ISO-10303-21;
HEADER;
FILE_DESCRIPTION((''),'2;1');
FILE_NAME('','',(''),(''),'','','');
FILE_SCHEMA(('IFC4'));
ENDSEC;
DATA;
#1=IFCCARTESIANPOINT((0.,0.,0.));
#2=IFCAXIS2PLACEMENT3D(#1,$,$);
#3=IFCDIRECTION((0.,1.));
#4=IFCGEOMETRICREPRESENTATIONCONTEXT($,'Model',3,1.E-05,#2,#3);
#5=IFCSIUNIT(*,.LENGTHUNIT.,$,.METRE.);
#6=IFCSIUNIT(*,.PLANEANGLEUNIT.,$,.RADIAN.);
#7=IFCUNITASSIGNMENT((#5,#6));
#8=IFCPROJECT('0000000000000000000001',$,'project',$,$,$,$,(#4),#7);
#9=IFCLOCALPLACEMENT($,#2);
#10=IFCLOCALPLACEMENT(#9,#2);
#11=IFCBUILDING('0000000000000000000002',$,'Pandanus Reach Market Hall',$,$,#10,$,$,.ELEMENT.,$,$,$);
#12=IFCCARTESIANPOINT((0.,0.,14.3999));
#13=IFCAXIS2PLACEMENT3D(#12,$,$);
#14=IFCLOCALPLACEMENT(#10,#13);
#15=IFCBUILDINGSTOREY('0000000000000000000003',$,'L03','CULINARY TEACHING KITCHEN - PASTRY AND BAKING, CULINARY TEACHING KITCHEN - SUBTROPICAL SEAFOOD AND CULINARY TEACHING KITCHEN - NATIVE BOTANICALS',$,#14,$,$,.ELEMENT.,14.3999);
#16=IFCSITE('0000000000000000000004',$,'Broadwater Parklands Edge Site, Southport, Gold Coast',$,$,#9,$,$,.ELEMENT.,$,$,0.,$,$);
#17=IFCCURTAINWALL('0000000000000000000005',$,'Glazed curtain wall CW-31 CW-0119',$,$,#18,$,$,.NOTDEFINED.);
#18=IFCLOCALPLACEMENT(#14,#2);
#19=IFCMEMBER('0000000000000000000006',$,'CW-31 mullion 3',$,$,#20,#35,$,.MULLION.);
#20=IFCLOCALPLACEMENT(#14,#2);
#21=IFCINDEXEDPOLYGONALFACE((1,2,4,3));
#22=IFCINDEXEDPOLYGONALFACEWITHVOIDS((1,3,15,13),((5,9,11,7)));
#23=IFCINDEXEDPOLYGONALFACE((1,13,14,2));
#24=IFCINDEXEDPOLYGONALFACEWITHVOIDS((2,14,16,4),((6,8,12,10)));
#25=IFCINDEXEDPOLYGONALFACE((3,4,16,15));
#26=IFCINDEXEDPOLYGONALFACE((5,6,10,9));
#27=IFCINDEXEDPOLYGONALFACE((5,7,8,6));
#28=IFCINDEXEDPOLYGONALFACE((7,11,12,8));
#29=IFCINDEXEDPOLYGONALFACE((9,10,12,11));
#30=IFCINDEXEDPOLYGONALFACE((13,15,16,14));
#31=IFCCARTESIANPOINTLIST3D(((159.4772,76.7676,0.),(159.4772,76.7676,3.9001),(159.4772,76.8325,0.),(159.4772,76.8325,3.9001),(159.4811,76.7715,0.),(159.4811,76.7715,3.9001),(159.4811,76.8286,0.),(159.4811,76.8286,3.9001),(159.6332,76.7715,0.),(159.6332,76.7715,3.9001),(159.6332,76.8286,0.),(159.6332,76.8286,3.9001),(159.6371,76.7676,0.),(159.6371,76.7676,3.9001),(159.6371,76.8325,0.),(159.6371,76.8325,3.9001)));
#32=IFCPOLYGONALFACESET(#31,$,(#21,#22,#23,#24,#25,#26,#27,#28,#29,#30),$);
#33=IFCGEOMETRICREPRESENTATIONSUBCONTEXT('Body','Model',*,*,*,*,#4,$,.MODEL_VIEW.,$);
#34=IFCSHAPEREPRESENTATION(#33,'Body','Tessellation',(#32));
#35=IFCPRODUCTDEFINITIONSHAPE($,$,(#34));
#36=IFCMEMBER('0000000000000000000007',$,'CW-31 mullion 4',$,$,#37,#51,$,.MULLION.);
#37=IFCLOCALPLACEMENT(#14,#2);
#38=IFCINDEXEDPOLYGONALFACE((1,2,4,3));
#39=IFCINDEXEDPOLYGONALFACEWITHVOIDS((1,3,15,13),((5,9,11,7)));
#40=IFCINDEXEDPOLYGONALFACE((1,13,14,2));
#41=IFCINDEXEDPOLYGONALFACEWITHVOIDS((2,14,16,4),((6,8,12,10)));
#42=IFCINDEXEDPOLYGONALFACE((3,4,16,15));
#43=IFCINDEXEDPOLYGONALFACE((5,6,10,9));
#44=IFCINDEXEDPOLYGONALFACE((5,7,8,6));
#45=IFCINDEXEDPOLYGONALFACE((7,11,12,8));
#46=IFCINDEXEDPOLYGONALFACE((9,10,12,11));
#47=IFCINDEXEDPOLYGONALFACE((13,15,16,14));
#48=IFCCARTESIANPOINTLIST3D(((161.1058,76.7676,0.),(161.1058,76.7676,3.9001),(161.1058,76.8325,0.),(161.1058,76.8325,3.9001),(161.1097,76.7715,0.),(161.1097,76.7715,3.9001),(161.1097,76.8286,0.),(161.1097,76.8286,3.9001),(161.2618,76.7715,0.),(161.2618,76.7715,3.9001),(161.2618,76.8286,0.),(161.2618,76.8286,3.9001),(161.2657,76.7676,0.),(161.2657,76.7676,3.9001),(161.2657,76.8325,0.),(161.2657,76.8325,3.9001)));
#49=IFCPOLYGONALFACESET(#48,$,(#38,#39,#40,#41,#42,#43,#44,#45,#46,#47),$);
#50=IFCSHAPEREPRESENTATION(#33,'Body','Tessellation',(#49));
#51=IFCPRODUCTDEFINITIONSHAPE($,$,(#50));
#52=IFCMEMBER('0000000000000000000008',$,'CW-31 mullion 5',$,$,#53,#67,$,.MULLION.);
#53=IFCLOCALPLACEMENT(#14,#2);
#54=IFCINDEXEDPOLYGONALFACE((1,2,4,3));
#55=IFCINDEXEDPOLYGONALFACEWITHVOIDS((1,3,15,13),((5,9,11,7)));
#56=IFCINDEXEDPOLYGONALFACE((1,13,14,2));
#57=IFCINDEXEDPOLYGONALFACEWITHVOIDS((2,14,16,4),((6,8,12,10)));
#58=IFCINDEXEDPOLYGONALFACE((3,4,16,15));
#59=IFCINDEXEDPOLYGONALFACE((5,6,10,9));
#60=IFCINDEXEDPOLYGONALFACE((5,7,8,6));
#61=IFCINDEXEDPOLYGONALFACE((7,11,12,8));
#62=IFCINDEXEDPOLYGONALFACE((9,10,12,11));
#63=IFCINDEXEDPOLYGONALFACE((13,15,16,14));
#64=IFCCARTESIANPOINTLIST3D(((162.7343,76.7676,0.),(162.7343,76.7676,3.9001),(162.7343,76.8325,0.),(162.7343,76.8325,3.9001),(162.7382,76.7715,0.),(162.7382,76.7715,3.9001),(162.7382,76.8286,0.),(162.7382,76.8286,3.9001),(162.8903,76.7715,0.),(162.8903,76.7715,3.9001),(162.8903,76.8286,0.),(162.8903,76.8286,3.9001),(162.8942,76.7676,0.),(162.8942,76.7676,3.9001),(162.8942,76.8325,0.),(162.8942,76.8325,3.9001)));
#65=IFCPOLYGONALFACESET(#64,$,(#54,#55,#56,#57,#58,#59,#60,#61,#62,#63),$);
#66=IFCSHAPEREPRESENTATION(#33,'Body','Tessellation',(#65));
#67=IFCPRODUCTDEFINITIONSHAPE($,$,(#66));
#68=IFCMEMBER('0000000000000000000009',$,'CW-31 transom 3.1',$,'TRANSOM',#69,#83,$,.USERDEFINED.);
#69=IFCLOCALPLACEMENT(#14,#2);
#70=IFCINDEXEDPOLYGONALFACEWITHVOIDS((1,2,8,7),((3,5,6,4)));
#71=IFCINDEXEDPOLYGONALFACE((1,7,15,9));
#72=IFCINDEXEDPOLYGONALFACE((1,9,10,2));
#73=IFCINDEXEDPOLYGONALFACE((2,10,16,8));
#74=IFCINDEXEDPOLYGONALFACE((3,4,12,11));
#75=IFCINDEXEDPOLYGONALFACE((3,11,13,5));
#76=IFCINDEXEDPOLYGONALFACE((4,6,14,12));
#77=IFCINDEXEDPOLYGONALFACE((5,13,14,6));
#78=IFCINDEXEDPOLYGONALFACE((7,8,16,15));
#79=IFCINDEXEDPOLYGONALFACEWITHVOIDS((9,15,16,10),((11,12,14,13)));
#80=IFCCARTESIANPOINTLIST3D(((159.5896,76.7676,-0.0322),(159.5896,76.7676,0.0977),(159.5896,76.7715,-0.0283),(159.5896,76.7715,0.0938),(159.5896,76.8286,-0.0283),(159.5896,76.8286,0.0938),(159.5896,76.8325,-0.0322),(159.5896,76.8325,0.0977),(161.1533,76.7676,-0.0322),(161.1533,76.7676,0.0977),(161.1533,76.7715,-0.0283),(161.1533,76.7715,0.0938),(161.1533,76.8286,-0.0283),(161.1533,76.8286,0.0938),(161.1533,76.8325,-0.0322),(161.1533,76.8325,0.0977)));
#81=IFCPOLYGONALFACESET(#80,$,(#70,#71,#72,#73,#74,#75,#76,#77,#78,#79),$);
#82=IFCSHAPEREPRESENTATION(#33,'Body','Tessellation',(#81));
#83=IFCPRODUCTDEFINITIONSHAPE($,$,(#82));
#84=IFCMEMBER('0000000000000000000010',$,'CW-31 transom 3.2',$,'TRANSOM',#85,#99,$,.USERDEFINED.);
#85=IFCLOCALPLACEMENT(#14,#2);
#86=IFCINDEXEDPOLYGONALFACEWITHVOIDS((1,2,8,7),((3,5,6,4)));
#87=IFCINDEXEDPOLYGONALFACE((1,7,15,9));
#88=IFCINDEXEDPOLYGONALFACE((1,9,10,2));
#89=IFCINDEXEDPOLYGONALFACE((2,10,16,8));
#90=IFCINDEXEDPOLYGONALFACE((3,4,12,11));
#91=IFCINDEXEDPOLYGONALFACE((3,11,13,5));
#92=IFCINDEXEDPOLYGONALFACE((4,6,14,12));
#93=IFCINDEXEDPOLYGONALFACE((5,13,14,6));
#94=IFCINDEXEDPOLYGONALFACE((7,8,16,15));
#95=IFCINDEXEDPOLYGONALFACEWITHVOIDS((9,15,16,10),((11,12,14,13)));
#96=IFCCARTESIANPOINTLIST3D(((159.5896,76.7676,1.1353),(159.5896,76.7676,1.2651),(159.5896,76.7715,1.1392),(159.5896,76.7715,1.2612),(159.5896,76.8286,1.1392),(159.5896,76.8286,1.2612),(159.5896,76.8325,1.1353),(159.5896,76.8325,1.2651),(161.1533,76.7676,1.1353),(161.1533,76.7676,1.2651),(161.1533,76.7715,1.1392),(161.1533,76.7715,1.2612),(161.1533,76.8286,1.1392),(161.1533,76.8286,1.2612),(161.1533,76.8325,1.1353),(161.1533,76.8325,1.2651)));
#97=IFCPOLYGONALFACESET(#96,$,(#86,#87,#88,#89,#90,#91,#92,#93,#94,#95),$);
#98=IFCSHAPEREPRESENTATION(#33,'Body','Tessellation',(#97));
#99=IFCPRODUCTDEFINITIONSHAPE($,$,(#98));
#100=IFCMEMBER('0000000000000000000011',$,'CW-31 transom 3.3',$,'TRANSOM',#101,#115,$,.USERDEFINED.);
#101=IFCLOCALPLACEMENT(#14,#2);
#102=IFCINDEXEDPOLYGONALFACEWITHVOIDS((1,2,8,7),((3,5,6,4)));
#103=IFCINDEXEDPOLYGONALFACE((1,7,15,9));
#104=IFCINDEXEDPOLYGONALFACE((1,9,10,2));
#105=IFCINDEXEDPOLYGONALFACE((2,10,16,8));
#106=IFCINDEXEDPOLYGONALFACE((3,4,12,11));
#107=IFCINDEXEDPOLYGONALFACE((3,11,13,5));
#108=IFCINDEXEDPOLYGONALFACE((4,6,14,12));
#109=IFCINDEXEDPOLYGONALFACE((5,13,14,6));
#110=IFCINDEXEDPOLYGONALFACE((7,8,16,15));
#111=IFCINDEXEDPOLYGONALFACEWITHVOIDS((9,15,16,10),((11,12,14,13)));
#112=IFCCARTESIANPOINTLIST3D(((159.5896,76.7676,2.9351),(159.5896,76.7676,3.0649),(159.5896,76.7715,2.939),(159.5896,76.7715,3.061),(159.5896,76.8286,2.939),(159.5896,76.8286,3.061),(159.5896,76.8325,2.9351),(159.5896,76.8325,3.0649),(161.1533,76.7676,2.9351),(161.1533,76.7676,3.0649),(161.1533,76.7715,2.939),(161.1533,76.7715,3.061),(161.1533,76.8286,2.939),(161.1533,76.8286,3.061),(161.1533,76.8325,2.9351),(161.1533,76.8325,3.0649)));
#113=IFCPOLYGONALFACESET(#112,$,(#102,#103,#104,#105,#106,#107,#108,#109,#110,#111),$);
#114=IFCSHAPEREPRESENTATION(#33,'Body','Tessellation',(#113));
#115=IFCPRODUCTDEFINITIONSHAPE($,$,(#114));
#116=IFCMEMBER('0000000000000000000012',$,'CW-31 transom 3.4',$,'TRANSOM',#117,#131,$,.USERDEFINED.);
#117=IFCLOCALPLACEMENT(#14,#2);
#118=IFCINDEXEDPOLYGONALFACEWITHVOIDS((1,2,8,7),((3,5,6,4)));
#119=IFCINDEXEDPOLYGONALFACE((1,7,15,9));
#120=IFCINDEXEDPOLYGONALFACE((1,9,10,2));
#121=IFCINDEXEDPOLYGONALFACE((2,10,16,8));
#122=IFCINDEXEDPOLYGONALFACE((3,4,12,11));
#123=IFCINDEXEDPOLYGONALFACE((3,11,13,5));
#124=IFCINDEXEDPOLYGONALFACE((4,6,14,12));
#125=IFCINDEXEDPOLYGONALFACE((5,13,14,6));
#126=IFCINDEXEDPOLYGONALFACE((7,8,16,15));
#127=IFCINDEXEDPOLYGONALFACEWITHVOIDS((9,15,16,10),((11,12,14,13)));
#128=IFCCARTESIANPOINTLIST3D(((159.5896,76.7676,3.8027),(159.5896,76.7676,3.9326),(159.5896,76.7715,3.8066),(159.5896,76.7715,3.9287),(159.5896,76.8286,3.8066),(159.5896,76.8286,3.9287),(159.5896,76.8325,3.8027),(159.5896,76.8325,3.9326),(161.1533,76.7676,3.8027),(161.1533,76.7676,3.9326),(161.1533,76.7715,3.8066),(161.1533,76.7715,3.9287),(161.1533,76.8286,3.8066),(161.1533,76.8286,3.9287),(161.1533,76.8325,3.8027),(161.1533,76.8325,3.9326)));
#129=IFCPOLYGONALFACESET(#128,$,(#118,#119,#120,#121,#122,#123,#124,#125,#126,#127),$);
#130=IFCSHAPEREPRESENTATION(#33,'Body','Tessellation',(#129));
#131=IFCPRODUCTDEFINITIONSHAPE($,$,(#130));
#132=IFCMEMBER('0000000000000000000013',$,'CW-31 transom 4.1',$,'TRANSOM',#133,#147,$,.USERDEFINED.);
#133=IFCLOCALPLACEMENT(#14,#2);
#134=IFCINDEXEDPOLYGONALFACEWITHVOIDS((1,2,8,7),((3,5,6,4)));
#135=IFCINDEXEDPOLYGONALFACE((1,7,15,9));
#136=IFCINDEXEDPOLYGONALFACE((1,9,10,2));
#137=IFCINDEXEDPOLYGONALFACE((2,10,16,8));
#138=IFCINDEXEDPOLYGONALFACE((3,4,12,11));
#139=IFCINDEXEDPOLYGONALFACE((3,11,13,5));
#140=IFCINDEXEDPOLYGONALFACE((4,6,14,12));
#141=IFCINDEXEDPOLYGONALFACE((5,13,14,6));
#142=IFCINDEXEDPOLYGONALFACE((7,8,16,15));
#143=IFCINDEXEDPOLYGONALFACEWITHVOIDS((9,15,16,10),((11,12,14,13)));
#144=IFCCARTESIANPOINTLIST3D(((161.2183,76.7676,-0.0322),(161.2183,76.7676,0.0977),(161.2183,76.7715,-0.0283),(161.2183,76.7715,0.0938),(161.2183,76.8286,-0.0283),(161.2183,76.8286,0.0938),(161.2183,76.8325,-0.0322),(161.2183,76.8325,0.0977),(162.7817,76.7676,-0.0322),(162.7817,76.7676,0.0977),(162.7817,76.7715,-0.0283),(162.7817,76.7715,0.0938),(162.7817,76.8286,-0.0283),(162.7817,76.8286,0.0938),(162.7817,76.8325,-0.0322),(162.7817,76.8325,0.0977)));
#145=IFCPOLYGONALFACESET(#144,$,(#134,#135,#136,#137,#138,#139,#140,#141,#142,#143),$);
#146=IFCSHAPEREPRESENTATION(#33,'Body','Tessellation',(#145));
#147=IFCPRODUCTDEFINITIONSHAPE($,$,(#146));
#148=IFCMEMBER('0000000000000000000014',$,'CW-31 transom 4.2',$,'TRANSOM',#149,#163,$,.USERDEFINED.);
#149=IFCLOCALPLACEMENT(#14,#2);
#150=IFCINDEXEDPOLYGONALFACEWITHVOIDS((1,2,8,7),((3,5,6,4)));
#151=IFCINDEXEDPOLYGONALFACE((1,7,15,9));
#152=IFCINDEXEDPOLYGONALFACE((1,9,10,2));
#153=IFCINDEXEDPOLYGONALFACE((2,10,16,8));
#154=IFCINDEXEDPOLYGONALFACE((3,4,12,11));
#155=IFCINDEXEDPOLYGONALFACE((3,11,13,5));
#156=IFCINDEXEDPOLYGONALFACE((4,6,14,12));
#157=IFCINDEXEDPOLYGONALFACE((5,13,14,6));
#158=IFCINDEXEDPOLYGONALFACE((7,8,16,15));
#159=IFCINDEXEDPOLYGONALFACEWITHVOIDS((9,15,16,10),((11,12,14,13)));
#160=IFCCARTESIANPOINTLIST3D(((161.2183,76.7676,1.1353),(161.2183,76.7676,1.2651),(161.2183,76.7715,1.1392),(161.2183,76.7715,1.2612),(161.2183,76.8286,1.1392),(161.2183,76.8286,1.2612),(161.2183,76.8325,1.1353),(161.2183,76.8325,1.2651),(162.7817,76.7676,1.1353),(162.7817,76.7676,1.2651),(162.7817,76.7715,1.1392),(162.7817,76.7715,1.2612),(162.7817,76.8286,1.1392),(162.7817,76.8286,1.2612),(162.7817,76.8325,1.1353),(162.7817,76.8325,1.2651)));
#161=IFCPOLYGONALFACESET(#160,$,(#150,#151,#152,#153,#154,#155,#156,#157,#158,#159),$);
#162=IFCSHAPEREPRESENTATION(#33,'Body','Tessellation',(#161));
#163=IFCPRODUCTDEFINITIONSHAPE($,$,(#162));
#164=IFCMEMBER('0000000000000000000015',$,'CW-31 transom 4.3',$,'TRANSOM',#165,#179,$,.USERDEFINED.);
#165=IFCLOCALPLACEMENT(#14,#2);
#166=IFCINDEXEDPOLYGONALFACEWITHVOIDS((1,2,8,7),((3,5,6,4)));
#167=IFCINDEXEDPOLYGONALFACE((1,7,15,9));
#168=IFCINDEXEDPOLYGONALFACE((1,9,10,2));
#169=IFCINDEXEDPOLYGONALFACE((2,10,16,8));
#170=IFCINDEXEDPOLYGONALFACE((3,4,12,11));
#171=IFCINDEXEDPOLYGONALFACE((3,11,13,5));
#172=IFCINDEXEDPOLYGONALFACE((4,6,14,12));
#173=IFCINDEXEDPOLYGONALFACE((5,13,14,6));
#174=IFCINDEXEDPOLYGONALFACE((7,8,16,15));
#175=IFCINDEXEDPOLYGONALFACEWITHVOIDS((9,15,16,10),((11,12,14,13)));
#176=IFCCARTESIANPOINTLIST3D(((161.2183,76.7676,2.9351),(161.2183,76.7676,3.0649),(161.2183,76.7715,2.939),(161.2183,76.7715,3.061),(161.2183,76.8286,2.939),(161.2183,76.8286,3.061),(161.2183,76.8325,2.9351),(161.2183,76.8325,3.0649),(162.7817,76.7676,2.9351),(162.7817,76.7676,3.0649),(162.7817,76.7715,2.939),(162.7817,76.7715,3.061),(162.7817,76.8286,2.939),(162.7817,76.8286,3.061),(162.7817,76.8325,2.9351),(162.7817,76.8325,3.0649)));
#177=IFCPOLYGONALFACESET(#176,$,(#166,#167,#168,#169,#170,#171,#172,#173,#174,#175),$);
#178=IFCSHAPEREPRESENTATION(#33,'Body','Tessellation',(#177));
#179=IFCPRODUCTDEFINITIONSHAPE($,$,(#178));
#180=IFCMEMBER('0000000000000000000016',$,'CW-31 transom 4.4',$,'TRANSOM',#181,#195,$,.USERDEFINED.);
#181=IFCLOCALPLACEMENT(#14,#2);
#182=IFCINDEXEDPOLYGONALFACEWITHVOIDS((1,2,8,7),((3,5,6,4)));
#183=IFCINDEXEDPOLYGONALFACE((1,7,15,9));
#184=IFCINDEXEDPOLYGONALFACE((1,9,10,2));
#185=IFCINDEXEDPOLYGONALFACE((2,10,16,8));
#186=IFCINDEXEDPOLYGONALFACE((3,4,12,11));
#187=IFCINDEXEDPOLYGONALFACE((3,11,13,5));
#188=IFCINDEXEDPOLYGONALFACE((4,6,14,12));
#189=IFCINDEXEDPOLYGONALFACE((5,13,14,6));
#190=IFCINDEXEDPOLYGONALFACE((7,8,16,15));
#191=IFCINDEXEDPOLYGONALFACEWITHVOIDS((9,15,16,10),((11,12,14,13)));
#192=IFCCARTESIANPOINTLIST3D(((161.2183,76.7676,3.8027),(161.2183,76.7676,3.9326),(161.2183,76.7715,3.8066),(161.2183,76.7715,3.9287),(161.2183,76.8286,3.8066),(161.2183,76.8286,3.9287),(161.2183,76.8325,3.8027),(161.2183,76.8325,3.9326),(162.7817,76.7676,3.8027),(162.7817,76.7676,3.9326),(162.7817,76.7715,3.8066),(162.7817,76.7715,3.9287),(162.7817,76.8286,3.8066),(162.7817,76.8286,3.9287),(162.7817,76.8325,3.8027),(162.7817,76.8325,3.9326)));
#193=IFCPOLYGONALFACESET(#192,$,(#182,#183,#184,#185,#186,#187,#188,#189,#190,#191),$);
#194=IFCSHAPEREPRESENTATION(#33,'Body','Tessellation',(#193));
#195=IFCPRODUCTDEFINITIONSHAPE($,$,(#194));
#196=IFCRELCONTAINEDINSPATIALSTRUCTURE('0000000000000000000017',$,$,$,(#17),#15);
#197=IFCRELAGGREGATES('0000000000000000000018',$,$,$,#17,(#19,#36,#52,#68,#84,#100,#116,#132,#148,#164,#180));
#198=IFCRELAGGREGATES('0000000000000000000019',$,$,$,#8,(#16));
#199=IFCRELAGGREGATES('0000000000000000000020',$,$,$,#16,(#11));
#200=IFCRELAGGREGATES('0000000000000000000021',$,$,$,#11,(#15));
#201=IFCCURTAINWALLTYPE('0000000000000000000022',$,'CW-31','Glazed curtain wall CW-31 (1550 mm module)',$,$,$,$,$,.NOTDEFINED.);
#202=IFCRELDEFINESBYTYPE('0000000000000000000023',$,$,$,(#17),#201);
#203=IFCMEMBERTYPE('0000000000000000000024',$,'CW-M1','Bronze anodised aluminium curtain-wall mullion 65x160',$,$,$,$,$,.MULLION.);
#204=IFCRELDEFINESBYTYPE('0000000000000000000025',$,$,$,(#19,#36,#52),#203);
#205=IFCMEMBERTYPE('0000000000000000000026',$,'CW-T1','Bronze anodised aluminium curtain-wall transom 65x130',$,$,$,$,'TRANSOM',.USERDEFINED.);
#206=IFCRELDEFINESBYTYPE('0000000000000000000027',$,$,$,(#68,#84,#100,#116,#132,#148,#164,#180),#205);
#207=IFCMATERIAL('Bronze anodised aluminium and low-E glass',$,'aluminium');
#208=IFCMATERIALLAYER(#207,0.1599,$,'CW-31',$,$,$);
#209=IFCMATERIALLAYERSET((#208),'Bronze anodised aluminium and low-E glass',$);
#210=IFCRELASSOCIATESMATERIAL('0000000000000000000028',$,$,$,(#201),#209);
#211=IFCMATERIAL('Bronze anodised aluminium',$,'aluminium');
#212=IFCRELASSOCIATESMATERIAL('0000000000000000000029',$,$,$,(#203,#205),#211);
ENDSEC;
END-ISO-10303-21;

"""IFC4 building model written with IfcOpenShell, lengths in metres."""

from ifc_helpers import new_model, si_unit, direction, frame, origin, origin_2d, place, context, subcontext, project, spatial, hollow_rectangle, extrude, material, layer, layer_set, material_profile, profile_set, type_object, element, aggregate, save


model = new_model("IFC4")

# Units and contexts
model_context = context("Model", 3, precision=1e-05, world=origin(), true_north=direction((0.0, 1.0)))
body_context = subcontext(model_context, "Body", "Model", "MODEL_VIEW")
ifc_project = project(units=[si_unit("LENGTHUNIT", "METRE"), si_unit("PLANEANGLEUNIT", "RADIAN")], contexts=[model_context])

# Site, building, storey
site_placement = place(None, origin())
site = spatial("IfcSite", under=ifc_project, at=site_placement, Name="Broadwater Parklands Edge Site, Southport, Gold Coast", CompositionType="ELEMENT", RefElevation=0.0)
building_placement = place(site_placement, origin())
building = spatial("IfcBuilding", under=site, at=building_placement, Name="Pandanus Reach Market Hall", CompositionType="ELEMENT")
storey_placement = place(building_placement, frame((0.0, 0.0, 14.3999)))
storey = spatial("IfcBuildingStorey", under=building, at=storey_placement, Name="L03", Description="CULINARY TEACHING KITCHEN - PASTRY AND BAKING, CULINARY TEACHING KITCHEN - SUBTROPICAL SEAFOOD AND CULINARY TEACHING KITCHEN - NATIVE BOTANICALS", CompositionType="ELEMENT", Elevation=14.3999)

# Curtain wall, members
ifc_material_1 = material(Name="Bronze anodised aluminium and low-E glass", Category="aluminium")
ifc_layer_1 = layer(ifc_material_1, 0.1599, Name="CW-31")
ifc_layer_set_1 = layer_set([ifc_layer_1], Name="Bronze anodised aluminium and low-E glass")
curtain_wall_type = type_object("IfcCurtainWallType", Name="CW-31", Description="Glazed curtain wall CW-31 (1550 mm module)", PredefinedType="NOTDEFINED", material=ifc_layer_set_1)
curtain_wall_placement = place(storey_placement, origin())
curtain_wall = element("IfcCurtainWall", 1, at=curtain_wall_placement, inside=storey, type_object=curtain_wall_type, Name="Glazed curtain wall CW-31 CW-0119", PredefinedType="NOTDEFINED")
ifc_material_2 = material(Name="Bronze anodised aluminium", Category="aluminium")
ifc_material_profile_1 = material_profile(ifc_material_2, hollow_rectangle(XDim=0.0649, YDim=0.1599, WallThickness=0.0039, at=origin_2d()), Name="ALU65x160", Category="LoadBearing")
ifc_profile_set_1 = profile_set([ifc_material_profile_1], Name="Bronze anodised aluminium")
member_type_1 = type_object("IfcMemberType", Name="CW-M1", Description="Bronze anodised aluminium curtain-wall mullion 65x160", PredefinedType="MULLION", material=ifc_profile_set_1)
member_1_placement = place(storey_placement, frame((159.5571, 76.8, 0.0), z_axis=(0.0, 0.0, 1.0), x_axis=(0.0, 1.0, 0.0)))
member_1 = element("IfcMember", 2, at=member_1_placement, type_object=member_type_1, Name="CW-31 mullion 3", PredefinedType="MULLION", context=body_context, shape_type="SweptSolid", body=[
    extrude(hollow_rectangle(XDim=0.0649, YDim=0.1599, WallThickness=0.0039, at=origin_2d()), origin(), (0.0, 0.0, 1.0), 3.9001),
])
member_2_placement = place(storey_placement, frame((161.1858, 76.8, 0.0), z_axis=(0.0, 0.0, 1.0), x_axis=(0.0, 1.0, 0.0)))
member_2 = element("IfcMember", 3, at=member_2_placement, type_object=member_type_1, Name="CW-31 mullion 4", PredefinedType="MULLION", context=body_context, shape_type="SweptSolid", body=[
    extrude(hollow_rectangle(XDim=0.0649, YDim=0.1599, WallThickness=0.0039, at=origin_2d()), origin(), (0.0, 0.0, 1.0), 3.9001),
])
member_3_placement = place(storey_placement, frame((162.8142, 76.8, 0.0), z_axis=(0.0, 0.0, 1.0), x_axis=(0.0, 1.0, 0.0)))
member_3 = element("IfcMember", 4, at=member_3_placement, type_object=member_type_1, Name="CW-31 mullion 5", PredefinedType="MULLION", context=body_context, shape_type="SweptSolid", body=[
    extrude(hollow_rectangle(XDim=0.0649, YDim=0.1599, WallThickness=0.0039, at=origin_2d()), origin(), (0.0, 0.0, 1.0), 3.9001),
])
ifc_material_profile_2 = material_profile(ifc_material_2, hollow_rectangle(XDim=0.0649, YDim=0.1299, WallThickness=0.0039, at=origin_2d()), Name="ALU65x130", Category="LoadBearing")
ifc_profile_set_2 = profile_set([ifc_material_profile_2], Name="Bronze anodised aluminium")
member_type_2 = type_object("IfcMemberType", Name="CW-T1", Description="Bronze anodised aluminium curtain-wall transom 65x130", ElementType="TRANSOM", PredefinedType="USERDEFINED", material=ifc_profile_set_2)
member_4_placement = place(storey_placement, frame((159.5896, 76.8, 0.0327), z_axis=(1.0, 0.0, 0.0), x_axis=(0.0, 1.0, 0.0)))
member_4 = element("IfcMember", 5, at=member_4_placement, type_object=member_type_2, Name="CW-31 transom 3.1", ObjectType="TRANSOM", PredefinedType="USERDEFINED", context=body_context, shape_type="SweptSolid", body=[
    extrude(hollow_rectangle(XDim=0.0649, YDim=0.1299, WallThickness=0.0039, at=origin_2d()), origin(), (0.0, 0.0, 1.0), 1.5637),
])
member_5_placement = place(storey_placement, frame((159.5896, 76.8, 1.2002), z_axis=(1.0, 0.0, 0.0), x_axis=(0.0, 1.0, 0.0)))
member_5 = element("IfcMember", 6, at=member_5_placement, type_object=member_type_2, Name="CW-31 transom 3.2", ObjectType="TRANSOM", PredefinedType="USERDEFINED", context=body_context, shape_type="SweptSolid", body=[
    extrude(hollow_rectangle(XDim=0.0649, YDim=0.1299, WallThickness=0.0039, at=origin_2d()), origin(), (0.0, 0.0, 1.0), 1.5637),
])
member_6_placement = place(storey_placement, frame((159.5896, 76.8, 3.0), z_axis=(1.0, 0.0, 0.0), x_axis=(0.0, 1.0, 0.0)))
member_6 = element("IfcMember", 7, at=member_6_placement, type_object=member_type_2, Name="CW-31 transom 3.3", ObjectType="TRANSOM", PredefinedType="USERDEFINED", context=body_context, shape_type="SweptSolid", body=[
    extrude(hollow_rectangle(XDim=0.0649, YDim=0.1299, WallThickness=0.0039, at=origin_2d()), origin(), (0.0, 0.0, 1.0), 1.5637),
])
member_7_placement = place(storey_placement, frame((159.5896, 76.8, 3.8677), z_axis=(1.0, 0.0, 0.0), x_axis=(0.0, 1.0, 0.0)))
member_7 = element("IfcMember", 8, at=member_7_placement, type_object=member_type_2, Name="CW-31 transom 3.4", ObjectType="TRANSOM", PredefinedType="USERDEFINED", context=body_context, shape_type="SweptSolid", body=[
    extrude(hollow_rectangle(XDim=0.0649, YDim=0.1299, WallThickness=0.0039, at=origin_2d()), origin(), (0.0, 0.0, 1.0), 1.5637),
])
member_8_placement = place(storey_placement, frame((161.2183, 76.8, 0.0327), z_axis=(1.0, 0.0, 0.0), x_axis=(0.0, 1.0, 0.0)))
member_8 = element("IfcMember", 9, at=member_8_placement, type_object=member_type_2, Name="CW-31 transom 4.1", ObjectType="TRANSOM", PredefinedType="USERDEFINED", context=body_context, shape_type="SweptSolid", body=[
    extrude(hollow_rectangle(XDim=0.0649, YDim=0.1299, WallThickness=0.0039, at=origin_2d()), origin(), (0.0, 0.0, 1.0), 1.5635),
])
member_9_placement = place(storey_placement, frame((161.2183, 76.8, 1.2002), z_axis=(1.0, 0.0, 0.0), x_axis=(0.0, 1.0, 0.0)))
member_9 = element("IfcMember", 10, at=member_9_placement, type_object=member_type_2, Name="CW-31 transom 4.2", ObjectType="TRANSOM", PredefinedType="USERDEFINED", context=body_context, shape_type="SweptSolid", body=[
    extrude(hollow_rectangle(XDim=0.0649, YDim=0.1299, WallThickness=0.0039, at=origin_2d()), origin(), (0.0, 0.0, 1.0), 1.5635),
])
member_10_placement = place(storey_placement, frame((161.2183, 76.8, 3.0), z_axis=(1.0, 0.0, 0.0), x_axis=(0.0, 1.0, 0.0)))
member_10 = element("IfcMember", 11, at=member_10_placement, type_object=member_type_2, Name="CW-31 transom 4.3", ObjectType="TRANSOM", PredefinedType="USERDEFINED", context=body_context, shape_type="SweptSolid", body=[
    extrude(hollow_rectangle(XDim=0.0649, YDim=0.1299, WallThickness=0.0039, at=origin_2d()), origin(), (0.0, 0.0, 1.0), 1.5635),
])
member_11_placement = place(storey_placement, frame((161.2183, 76.8, 3.8677), z_axis=(1.0, 0.0, 0.0), x_axis=(0.0, 1.0, 0.0)))
member_11 = element("IfcMember", 12, at=member_11_placement, type_object=member_type_2, Name="CW-31 transom 4.4", ObjectType="TRANSOM", PredefinedType="USERDEFINED", context=body_context, shape_type="SweptSolid", body=[
    extrude(hollow_rectangle(XDim=0.0649, YDim=0.1299, WallThickness=0.0039, at=origin_2d()), origin(), (0.0, 0.0, 1.0), 1.5635),
])
aggregate(curtain_wall, [member_1, member_2, member_3, member_4, member_5, member_6, member_7, member_8, member_9, member_10, member_11])

save(model, "model.ifc")
